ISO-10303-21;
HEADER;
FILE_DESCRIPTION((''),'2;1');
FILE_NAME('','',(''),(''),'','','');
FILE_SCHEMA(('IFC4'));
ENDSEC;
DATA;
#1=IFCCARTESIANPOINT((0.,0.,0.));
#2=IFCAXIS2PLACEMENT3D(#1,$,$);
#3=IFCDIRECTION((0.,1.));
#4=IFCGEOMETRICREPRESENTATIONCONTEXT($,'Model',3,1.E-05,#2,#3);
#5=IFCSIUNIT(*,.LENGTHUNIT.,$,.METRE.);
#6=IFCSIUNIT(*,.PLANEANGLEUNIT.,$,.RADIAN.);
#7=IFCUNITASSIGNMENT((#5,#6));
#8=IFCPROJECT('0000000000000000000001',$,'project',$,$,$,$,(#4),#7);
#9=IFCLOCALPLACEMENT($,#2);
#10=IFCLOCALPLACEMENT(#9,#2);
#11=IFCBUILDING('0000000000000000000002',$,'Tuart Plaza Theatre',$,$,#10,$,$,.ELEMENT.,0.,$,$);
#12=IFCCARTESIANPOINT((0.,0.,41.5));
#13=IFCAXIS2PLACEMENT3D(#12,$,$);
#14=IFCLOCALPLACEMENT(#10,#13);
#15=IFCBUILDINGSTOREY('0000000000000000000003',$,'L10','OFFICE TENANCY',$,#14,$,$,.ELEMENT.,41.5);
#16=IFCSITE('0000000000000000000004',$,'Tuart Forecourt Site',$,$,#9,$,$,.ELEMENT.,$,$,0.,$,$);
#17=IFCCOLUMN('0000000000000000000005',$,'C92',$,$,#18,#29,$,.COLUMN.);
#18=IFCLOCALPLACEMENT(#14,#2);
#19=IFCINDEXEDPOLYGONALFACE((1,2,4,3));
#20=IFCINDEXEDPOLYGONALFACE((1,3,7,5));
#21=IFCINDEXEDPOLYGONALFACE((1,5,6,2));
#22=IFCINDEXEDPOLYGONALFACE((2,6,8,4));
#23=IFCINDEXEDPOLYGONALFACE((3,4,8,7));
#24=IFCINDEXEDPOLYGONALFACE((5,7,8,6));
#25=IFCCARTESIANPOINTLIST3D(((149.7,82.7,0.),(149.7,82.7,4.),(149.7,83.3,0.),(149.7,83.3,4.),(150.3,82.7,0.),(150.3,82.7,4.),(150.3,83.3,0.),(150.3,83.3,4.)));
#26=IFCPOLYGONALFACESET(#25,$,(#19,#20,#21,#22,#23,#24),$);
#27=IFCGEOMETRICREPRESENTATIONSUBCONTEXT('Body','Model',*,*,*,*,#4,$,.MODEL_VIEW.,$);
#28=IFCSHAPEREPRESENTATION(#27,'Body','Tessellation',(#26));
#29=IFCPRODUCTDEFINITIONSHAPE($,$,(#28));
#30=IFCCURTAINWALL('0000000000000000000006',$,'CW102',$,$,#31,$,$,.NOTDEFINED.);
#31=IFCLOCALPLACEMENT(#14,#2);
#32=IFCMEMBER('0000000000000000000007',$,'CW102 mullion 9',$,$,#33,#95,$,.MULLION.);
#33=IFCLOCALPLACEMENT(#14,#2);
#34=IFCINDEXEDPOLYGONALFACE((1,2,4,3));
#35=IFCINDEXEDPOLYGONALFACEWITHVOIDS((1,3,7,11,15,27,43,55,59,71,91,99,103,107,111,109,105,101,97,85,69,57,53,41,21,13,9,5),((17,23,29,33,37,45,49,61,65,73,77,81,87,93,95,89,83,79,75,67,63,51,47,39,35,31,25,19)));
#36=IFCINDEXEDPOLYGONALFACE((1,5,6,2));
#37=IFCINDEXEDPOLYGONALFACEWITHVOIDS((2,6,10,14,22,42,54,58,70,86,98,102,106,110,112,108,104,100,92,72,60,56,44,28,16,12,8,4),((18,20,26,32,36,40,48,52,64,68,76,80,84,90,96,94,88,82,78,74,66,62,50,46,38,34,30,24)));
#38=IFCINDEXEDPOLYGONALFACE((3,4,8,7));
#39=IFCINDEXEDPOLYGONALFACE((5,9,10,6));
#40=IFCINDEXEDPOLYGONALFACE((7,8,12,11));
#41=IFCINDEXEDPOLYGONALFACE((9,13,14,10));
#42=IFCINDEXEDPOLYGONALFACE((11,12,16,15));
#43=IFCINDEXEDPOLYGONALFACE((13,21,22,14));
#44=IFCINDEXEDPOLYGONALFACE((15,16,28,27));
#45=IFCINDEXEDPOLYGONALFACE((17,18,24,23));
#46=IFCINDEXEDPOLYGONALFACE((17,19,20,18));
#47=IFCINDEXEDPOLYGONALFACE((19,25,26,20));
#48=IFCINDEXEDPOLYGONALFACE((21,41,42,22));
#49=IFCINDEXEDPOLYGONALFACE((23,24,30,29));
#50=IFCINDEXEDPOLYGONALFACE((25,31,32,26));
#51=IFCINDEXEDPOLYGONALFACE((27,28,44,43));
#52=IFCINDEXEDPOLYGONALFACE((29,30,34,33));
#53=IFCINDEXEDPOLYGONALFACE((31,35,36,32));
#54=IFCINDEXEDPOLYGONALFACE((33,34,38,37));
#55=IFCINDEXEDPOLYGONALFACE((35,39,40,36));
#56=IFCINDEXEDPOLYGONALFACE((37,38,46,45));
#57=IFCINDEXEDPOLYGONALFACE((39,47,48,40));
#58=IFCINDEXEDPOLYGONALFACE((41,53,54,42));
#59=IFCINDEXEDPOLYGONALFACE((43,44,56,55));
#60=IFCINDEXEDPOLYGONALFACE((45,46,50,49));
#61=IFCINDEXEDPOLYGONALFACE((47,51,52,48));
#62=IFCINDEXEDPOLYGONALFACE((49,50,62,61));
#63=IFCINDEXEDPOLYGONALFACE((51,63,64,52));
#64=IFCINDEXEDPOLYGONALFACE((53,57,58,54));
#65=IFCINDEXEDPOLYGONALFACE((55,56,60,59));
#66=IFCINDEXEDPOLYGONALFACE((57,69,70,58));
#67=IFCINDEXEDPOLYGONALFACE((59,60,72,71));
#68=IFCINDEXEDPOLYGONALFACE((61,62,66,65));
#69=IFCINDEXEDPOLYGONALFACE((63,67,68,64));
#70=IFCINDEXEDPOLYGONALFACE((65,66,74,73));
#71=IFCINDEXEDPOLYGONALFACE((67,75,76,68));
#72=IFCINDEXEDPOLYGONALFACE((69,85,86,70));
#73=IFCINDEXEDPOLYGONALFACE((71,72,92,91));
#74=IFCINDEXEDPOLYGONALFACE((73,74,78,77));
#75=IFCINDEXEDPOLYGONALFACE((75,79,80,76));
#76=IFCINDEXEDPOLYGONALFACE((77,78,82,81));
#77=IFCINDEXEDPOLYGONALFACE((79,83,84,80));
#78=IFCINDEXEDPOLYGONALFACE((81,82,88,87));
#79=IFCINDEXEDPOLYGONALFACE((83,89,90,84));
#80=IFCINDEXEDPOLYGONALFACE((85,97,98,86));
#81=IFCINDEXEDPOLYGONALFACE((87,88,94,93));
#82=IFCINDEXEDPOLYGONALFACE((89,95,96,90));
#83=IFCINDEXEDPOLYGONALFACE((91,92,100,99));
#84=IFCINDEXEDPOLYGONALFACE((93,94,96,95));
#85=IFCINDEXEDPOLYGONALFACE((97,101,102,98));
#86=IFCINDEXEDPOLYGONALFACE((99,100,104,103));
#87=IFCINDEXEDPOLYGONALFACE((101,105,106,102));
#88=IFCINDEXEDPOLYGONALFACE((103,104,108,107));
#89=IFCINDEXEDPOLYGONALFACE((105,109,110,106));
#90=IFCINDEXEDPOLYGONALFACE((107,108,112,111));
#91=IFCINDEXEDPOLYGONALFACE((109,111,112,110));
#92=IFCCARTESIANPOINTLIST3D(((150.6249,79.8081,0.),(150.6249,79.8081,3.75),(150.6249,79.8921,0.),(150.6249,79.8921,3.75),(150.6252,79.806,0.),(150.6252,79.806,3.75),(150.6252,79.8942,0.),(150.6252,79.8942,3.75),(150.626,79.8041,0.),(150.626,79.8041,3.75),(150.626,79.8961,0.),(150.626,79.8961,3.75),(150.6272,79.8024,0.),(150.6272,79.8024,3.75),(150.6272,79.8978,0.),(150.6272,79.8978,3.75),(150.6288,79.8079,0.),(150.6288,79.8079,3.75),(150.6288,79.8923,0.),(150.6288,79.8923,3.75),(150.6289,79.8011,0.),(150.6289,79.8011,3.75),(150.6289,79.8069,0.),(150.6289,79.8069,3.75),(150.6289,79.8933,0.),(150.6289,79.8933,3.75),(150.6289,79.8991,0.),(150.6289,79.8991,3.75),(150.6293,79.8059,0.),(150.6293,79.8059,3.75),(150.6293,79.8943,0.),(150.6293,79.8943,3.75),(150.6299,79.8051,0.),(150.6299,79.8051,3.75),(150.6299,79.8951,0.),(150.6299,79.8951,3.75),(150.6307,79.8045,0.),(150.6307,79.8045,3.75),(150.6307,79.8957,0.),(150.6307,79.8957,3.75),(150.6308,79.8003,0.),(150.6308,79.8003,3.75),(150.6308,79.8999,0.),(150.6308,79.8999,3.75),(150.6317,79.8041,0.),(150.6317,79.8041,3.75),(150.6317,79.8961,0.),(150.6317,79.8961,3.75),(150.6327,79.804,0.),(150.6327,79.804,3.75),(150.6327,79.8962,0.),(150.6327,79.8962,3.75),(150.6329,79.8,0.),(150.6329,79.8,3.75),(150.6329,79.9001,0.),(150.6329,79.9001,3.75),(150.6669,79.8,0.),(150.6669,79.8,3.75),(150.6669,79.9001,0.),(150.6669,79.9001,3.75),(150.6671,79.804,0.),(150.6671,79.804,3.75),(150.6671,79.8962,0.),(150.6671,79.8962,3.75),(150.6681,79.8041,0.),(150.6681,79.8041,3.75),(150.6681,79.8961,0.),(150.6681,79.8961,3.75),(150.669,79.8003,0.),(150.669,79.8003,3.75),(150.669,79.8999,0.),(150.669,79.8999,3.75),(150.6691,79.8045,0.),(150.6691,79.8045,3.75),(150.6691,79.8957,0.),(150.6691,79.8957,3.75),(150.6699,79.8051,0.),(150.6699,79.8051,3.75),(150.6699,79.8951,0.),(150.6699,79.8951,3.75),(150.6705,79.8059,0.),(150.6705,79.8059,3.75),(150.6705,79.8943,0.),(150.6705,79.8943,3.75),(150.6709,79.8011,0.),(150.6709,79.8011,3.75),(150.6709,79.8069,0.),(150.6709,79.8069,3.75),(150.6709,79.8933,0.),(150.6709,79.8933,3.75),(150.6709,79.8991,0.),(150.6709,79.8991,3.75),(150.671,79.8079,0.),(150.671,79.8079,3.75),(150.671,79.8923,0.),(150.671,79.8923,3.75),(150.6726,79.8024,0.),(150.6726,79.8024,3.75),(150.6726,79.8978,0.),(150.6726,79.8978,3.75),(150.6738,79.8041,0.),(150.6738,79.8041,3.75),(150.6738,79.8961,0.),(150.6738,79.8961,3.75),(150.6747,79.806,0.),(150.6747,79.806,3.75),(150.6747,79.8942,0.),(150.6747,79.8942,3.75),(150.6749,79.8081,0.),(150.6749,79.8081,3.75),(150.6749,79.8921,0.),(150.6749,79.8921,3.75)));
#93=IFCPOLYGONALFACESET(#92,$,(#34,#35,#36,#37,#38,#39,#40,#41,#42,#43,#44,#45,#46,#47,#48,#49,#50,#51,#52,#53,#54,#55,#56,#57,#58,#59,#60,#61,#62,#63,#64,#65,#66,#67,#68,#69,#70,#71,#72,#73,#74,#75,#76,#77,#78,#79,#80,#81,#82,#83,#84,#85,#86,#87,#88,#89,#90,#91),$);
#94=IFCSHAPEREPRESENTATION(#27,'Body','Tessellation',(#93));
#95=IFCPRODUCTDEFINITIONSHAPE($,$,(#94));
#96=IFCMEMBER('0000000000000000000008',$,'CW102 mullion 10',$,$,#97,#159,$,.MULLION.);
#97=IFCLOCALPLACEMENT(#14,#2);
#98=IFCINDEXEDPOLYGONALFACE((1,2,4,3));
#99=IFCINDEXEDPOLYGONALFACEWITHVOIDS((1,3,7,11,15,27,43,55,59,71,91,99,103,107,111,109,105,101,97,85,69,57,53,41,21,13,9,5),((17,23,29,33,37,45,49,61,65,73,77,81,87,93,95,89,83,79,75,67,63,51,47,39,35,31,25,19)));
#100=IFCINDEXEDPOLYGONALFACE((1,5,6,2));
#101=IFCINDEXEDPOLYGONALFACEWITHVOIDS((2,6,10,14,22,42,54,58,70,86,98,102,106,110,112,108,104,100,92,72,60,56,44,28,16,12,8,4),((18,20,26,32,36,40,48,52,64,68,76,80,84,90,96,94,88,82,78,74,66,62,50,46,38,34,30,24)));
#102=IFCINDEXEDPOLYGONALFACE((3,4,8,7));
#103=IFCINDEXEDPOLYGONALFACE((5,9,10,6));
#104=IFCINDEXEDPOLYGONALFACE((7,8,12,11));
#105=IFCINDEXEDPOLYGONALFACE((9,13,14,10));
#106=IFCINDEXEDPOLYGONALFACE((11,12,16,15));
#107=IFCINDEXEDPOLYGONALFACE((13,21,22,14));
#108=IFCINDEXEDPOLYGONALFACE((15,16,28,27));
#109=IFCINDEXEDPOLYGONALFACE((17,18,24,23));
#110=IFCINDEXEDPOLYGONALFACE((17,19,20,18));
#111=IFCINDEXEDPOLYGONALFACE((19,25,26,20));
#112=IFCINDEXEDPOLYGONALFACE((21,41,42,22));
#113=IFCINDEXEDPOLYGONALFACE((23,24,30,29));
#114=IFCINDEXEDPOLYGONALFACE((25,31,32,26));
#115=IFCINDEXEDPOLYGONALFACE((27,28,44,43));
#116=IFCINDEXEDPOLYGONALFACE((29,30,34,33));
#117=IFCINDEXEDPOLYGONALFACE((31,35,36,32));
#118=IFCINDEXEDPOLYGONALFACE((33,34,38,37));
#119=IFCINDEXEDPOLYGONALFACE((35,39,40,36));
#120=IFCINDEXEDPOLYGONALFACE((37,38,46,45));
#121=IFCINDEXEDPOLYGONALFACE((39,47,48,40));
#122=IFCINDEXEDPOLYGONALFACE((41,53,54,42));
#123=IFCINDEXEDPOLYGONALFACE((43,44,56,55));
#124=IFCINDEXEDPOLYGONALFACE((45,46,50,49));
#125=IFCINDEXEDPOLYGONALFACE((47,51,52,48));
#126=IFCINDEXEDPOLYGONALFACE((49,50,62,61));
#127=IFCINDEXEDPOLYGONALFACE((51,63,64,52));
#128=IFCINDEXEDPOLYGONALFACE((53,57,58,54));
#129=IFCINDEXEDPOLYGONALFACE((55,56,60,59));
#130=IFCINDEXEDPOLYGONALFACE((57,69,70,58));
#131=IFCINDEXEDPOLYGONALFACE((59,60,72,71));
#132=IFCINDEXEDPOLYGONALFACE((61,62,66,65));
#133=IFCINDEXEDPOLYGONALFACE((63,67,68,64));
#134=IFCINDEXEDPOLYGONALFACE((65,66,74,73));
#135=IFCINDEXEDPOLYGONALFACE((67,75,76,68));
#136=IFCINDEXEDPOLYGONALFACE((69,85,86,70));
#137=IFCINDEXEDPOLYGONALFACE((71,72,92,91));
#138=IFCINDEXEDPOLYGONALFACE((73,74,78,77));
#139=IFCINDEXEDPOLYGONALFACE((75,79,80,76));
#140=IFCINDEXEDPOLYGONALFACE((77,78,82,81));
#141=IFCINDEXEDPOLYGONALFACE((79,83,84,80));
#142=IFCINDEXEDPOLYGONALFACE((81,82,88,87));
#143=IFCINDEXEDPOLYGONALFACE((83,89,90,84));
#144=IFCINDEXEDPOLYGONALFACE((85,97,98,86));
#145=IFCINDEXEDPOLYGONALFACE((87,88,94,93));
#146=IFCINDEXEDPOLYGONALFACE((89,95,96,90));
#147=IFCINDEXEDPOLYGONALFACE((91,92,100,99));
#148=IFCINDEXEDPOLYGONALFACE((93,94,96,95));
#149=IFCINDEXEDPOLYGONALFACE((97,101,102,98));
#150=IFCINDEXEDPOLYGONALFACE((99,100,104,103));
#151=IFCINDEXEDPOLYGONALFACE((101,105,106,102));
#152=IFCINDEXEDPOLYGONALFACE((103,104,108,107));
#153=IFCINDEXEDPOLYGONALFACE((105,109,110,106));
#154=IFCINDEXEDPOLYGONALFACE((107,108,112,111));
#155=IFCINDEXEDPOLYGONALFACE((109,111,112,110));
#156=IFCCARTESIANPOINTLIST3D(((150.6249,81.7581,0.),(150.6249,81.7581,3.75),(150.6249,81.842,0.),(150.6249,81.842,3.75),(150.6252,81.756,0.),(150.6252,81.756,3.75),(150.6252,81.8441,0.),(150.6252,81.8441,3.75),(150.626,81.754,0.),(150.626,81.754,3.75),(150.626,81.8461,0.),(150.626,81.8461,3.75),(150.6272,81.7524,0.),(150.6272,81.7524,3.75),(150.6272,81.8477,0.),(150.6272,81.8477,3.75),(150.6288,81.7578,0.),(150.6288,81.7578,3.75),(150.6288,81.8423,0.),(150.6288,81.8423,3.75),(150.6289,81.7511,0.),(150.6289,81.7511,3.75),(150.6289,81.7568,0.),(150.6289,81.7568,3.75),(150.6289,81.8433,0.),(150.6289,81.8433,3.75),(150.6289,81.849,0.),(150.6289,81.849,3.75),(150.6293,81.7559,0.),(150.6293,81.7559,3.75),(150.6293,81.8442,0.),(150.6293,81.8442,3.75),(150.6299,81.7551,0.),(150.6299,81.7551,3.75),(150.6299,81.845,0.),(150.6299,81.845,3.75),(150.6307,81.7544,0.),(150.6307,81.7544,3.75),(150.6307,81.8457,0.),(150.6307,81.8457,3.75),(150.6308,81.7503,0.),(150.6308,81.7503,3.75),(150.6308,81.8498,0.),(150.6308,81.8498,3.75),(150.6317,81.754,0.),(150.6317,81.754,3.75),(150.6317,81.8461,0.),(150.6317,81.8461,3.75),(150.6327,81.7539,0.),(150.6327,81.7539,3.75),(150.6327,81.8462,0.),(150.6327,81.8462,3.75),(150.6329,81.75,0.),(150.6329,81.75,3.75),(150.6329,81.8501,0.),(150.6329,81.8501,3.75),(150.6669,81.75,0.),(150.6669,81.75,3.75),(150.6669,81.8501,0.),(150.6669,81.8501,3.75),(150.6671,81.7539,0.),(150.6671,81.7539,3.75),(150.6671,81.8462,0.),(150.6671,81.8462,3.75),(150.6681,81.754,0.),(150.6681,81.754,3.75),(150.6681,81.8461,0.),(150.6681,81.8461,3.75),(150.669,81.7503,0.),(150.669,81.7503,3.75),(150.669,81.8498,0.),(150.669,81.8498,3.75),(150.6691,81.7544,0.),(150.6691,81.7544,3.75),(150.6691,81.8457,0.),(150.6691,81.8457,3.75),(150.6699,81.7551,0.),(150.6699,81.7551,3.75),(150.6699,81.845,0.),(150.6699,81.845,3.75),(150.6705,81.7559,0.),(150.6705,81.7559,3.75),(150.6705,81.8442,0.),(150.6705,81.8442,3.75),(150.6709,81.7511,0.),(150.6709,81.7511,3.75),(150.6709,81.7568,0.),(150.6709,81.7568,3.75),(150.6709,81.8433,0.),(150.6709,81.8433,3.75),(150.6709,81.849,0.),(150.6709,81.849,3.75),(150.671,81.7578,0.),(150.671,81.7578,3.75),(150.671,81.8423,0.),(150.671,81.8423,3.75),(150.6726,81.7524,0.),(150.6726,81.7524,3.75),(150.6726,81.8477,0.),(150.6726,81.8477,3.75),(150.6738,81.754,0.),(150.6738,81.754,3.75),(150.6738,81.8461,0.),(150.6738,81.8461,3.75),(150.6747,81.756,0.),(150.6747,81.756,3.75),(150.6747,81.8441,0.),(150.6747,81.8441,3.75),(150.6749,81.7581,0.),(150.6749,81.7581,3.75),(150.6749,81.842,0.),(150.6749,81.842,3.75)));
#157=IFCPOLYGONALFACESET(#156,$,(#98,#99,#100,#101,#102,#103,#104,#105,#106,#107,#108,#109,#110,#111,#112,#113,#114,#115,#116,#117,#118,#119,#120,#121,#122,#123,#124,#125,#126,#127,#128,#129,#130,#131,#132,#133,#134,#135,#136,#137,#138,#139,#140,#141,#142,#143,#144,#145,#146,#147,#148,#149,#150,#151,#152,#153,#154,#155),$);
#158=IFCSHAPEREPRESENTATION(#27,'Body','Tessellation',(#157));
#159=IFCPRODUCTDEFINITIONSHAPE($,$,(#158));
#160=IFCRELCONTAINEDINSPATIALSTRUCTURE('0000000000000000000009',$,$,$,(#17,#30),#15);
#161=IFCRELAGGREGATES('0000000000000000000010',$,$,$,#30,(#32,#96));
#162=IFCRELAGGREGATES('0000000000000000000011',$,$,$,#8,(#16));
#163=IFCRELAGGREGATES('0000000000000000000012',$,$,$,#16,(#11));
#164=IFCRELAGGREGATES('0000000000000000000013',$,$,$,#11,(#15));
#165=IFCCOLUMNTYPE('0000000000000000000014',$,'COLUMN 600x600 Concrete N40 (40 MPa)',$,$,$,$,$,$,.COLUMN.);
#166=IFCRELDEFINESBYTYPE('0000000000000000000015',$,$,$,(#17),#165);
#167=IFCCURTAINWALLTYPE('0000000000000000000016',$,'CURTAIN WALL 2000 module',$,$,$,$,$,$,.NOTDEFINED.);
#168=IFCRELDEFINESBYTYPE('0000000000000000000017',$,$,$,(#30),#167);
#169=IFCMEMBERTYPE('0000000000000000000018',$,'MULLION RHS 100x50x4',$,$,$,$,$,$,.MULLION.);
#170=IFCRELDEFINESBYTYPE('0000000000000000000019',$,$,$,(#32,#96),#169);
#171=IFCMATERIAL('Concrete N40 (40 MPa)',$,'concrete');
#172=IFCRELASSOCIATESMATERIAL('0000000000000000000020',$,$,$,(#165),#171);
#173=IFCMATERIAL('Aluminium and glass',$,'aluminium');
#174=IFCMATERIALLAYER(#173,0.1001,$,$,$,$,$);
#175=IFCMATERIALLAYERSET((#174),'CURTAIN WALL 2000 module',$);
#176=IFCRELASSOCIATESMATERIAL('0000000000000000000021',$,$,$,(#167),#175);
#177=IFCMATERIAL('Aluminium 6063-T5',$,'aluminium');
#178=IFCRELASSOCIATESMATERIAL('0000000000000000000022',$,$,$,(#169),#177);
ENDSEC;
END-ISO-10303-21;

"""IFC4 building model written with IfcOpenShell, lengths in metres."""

from ifc_helpers import new_model, si_unit, direction, frame, origin, origin_2d, place, context, subcontext, project, spatial, rectangle, hollow_rectangle, extrude, material, layer, layer_set, material_profile, profile_set, type_object, element, aggregate, save


model = new_model("IFC4")

# Units and contexts
model_context = context("Model", 3, precision=1e-05, world=origin(), true_north=direction((0.0, 1.0)))
body_context = subcontext(model_context, "Body", "Model", "MODEL_VIEW")
ifc_project = project(units=[si_unit("LENGTHUNIT", "METRE"), si_unit("PLANEANGLEUNIT", "RADIAN")], contexts=[model_context])

# Site, building, storey
site_placement = place(None, origin())
site = spatial("IfcSite", under=ifc_project, at=site_placement, Name="Tuart Forecourt Site", CompositionType="ELEMENT", RefElevation=0.0)
building_placement = place(site_placement, origin())
building = spatial("IfcBuilding", under=site, at=building_placement, Name="Tuart Plaza Theatre", CompositionType="ELEMENT", ElevationOfRefHeight=0.0)
storey_placement = place(building_placement, frame((0.0, 0.0, 41.5)))
storey = spatial("IfcBuildingStorey", under=building, at=storey_placement, Name="L10", Description="OFFICE TENANCY", CompositionType="ELEMENT", Elevation=41.5)

# Column
ifc_material_1 = material(Name="Concrete N40 (40 MPa)", Category="concrete")
ifc_material_profile_1 = material_profile(ifc_material_1, rectangle(XDim=0.6001, YDim=0.6001, at=origin_2d()), Name="COLUMN 600x600 Concrete N40 (40 MPa)")
ifc_profile_set_1 = profile_set([ifc_material_profile_1], Name="Concrete N40 (40 MPa)")
column_type = type_object("IfcColumnType", Name="COLUMN 600x600 Concrete N40 (40 MPa)", PredefinedType="COLUMN", material=ifc_profile_set_1)
column_placement = place(storey_placement, frame((150.0, 83.0, 0.0), z_axis=(0.0, 0.0, 1.0), x_axis=(1.0, 0.0, 0.0)))
element("IfcColumn", 1, at=column_placement, inside=storey, type_object=column_type, Name="C92", PredefinedType="COLUMN", context=body_context, shape_type="SweptSolid", body=[
    extrude(rectangle(XDim=0.6001, YDim=0.6001, at=origin_2d()), origin(), (0.0, 0.0, 1.0), 4.0),
])

# Curtain wall, members
ifc_material_2 = material(Name="Aluminium and glass", Category="aluminium")
ifc_layer_1 = layer(ifc_material_2, 0.1001)
ifc_layer_set_1 = layer_set([ifc_layer_1], Name="CURTAIN WALL 2000 module")
curtain_wall_type = type_object("IfcCurtainWallType", Name="CURTAIN WALL 2000 module", PredefinedType="NOTDEFINED", material=ifc_layer_set_1)
curtain_wall_1_placement = place(storey_placement, origin())
curtain_wall_1 = element("IfcCurtainWall", 2, at=curtain_wall_1_placement, inside=storey, type_object=curtain_wall_type, Name="CW102", PredefinedType="NOTDEFINED")
ifc_material_3 = material(Name="Aluminium 6063-T5", Category="aluminium")
ifc_material_profile_2 = material_profile(ifc_material_3, hollow_rectangle(XDim=0.05, YDim=0.1001, WallThickness=0.0039, InnerFilletRadius=0.0039, OuterFilletRadius=0.0081, at=origin_2d()), Name="RHS 100x50x4")
ifc_profile_set_2 = profile_set([ifc_material_profile_2], Name="Aluminium 6063-T5")
member_type_1 = type_object("IfcMemberType", Name="MULLION RHS 100x50x4", PredefinedType="MULLION", material=ifc_profile_set_2)
member_1_placement = place(storey_placement, frame((150.6499, 79.8501, 0.0), z_axis=(0.0, 0.0, 1.0), x_axis=(-1.0, 0.0, 0.0)))
member_1 = element("IfcMember", 3, at=member_1_placement, type_object=member_type_1, Name="CW102 mullion 9", PredefinedType="MULLION", context=body_context, shape_type="SweptSolid", body=[
    extrude(hollow_rectangle(XDim=0.05, YDim=0.1001, WallThickness=0.0039, InnerFilletRadius=0.0039, OuterFilletRadius=0.0081, at=origin_2d()), origin(), (0.0, 0.0, 1.0), 3.75),
])
member_2_placement = place(storey_placement, frame((150.6499, 81.8, 0.0), z_axis=(0.0, 0.0, 1.0), x_axis=(-1.0, 0.0, 0.0)))
member_2 = element("IfcMember", 4, at=member_2_placement, type_object=member_type_1, Name="CW102 mullion 10", PredefinedType="MULLION", context=body_context, shape_type="SweptSolid", body=[
    extrude(hollow_rectangle(XDim=0.05, YDim=0.1001, WallThickness=0.0039, InnerFilletRadius=0.0039, OuterFilletRadius=0.0081, at=origin_2d()), origin(), (0.0, 0.0, 1.0), 3.75),
])

aggregate(curtain_wall_1, [member_1, member_2])

save(model, "model.ifc")
